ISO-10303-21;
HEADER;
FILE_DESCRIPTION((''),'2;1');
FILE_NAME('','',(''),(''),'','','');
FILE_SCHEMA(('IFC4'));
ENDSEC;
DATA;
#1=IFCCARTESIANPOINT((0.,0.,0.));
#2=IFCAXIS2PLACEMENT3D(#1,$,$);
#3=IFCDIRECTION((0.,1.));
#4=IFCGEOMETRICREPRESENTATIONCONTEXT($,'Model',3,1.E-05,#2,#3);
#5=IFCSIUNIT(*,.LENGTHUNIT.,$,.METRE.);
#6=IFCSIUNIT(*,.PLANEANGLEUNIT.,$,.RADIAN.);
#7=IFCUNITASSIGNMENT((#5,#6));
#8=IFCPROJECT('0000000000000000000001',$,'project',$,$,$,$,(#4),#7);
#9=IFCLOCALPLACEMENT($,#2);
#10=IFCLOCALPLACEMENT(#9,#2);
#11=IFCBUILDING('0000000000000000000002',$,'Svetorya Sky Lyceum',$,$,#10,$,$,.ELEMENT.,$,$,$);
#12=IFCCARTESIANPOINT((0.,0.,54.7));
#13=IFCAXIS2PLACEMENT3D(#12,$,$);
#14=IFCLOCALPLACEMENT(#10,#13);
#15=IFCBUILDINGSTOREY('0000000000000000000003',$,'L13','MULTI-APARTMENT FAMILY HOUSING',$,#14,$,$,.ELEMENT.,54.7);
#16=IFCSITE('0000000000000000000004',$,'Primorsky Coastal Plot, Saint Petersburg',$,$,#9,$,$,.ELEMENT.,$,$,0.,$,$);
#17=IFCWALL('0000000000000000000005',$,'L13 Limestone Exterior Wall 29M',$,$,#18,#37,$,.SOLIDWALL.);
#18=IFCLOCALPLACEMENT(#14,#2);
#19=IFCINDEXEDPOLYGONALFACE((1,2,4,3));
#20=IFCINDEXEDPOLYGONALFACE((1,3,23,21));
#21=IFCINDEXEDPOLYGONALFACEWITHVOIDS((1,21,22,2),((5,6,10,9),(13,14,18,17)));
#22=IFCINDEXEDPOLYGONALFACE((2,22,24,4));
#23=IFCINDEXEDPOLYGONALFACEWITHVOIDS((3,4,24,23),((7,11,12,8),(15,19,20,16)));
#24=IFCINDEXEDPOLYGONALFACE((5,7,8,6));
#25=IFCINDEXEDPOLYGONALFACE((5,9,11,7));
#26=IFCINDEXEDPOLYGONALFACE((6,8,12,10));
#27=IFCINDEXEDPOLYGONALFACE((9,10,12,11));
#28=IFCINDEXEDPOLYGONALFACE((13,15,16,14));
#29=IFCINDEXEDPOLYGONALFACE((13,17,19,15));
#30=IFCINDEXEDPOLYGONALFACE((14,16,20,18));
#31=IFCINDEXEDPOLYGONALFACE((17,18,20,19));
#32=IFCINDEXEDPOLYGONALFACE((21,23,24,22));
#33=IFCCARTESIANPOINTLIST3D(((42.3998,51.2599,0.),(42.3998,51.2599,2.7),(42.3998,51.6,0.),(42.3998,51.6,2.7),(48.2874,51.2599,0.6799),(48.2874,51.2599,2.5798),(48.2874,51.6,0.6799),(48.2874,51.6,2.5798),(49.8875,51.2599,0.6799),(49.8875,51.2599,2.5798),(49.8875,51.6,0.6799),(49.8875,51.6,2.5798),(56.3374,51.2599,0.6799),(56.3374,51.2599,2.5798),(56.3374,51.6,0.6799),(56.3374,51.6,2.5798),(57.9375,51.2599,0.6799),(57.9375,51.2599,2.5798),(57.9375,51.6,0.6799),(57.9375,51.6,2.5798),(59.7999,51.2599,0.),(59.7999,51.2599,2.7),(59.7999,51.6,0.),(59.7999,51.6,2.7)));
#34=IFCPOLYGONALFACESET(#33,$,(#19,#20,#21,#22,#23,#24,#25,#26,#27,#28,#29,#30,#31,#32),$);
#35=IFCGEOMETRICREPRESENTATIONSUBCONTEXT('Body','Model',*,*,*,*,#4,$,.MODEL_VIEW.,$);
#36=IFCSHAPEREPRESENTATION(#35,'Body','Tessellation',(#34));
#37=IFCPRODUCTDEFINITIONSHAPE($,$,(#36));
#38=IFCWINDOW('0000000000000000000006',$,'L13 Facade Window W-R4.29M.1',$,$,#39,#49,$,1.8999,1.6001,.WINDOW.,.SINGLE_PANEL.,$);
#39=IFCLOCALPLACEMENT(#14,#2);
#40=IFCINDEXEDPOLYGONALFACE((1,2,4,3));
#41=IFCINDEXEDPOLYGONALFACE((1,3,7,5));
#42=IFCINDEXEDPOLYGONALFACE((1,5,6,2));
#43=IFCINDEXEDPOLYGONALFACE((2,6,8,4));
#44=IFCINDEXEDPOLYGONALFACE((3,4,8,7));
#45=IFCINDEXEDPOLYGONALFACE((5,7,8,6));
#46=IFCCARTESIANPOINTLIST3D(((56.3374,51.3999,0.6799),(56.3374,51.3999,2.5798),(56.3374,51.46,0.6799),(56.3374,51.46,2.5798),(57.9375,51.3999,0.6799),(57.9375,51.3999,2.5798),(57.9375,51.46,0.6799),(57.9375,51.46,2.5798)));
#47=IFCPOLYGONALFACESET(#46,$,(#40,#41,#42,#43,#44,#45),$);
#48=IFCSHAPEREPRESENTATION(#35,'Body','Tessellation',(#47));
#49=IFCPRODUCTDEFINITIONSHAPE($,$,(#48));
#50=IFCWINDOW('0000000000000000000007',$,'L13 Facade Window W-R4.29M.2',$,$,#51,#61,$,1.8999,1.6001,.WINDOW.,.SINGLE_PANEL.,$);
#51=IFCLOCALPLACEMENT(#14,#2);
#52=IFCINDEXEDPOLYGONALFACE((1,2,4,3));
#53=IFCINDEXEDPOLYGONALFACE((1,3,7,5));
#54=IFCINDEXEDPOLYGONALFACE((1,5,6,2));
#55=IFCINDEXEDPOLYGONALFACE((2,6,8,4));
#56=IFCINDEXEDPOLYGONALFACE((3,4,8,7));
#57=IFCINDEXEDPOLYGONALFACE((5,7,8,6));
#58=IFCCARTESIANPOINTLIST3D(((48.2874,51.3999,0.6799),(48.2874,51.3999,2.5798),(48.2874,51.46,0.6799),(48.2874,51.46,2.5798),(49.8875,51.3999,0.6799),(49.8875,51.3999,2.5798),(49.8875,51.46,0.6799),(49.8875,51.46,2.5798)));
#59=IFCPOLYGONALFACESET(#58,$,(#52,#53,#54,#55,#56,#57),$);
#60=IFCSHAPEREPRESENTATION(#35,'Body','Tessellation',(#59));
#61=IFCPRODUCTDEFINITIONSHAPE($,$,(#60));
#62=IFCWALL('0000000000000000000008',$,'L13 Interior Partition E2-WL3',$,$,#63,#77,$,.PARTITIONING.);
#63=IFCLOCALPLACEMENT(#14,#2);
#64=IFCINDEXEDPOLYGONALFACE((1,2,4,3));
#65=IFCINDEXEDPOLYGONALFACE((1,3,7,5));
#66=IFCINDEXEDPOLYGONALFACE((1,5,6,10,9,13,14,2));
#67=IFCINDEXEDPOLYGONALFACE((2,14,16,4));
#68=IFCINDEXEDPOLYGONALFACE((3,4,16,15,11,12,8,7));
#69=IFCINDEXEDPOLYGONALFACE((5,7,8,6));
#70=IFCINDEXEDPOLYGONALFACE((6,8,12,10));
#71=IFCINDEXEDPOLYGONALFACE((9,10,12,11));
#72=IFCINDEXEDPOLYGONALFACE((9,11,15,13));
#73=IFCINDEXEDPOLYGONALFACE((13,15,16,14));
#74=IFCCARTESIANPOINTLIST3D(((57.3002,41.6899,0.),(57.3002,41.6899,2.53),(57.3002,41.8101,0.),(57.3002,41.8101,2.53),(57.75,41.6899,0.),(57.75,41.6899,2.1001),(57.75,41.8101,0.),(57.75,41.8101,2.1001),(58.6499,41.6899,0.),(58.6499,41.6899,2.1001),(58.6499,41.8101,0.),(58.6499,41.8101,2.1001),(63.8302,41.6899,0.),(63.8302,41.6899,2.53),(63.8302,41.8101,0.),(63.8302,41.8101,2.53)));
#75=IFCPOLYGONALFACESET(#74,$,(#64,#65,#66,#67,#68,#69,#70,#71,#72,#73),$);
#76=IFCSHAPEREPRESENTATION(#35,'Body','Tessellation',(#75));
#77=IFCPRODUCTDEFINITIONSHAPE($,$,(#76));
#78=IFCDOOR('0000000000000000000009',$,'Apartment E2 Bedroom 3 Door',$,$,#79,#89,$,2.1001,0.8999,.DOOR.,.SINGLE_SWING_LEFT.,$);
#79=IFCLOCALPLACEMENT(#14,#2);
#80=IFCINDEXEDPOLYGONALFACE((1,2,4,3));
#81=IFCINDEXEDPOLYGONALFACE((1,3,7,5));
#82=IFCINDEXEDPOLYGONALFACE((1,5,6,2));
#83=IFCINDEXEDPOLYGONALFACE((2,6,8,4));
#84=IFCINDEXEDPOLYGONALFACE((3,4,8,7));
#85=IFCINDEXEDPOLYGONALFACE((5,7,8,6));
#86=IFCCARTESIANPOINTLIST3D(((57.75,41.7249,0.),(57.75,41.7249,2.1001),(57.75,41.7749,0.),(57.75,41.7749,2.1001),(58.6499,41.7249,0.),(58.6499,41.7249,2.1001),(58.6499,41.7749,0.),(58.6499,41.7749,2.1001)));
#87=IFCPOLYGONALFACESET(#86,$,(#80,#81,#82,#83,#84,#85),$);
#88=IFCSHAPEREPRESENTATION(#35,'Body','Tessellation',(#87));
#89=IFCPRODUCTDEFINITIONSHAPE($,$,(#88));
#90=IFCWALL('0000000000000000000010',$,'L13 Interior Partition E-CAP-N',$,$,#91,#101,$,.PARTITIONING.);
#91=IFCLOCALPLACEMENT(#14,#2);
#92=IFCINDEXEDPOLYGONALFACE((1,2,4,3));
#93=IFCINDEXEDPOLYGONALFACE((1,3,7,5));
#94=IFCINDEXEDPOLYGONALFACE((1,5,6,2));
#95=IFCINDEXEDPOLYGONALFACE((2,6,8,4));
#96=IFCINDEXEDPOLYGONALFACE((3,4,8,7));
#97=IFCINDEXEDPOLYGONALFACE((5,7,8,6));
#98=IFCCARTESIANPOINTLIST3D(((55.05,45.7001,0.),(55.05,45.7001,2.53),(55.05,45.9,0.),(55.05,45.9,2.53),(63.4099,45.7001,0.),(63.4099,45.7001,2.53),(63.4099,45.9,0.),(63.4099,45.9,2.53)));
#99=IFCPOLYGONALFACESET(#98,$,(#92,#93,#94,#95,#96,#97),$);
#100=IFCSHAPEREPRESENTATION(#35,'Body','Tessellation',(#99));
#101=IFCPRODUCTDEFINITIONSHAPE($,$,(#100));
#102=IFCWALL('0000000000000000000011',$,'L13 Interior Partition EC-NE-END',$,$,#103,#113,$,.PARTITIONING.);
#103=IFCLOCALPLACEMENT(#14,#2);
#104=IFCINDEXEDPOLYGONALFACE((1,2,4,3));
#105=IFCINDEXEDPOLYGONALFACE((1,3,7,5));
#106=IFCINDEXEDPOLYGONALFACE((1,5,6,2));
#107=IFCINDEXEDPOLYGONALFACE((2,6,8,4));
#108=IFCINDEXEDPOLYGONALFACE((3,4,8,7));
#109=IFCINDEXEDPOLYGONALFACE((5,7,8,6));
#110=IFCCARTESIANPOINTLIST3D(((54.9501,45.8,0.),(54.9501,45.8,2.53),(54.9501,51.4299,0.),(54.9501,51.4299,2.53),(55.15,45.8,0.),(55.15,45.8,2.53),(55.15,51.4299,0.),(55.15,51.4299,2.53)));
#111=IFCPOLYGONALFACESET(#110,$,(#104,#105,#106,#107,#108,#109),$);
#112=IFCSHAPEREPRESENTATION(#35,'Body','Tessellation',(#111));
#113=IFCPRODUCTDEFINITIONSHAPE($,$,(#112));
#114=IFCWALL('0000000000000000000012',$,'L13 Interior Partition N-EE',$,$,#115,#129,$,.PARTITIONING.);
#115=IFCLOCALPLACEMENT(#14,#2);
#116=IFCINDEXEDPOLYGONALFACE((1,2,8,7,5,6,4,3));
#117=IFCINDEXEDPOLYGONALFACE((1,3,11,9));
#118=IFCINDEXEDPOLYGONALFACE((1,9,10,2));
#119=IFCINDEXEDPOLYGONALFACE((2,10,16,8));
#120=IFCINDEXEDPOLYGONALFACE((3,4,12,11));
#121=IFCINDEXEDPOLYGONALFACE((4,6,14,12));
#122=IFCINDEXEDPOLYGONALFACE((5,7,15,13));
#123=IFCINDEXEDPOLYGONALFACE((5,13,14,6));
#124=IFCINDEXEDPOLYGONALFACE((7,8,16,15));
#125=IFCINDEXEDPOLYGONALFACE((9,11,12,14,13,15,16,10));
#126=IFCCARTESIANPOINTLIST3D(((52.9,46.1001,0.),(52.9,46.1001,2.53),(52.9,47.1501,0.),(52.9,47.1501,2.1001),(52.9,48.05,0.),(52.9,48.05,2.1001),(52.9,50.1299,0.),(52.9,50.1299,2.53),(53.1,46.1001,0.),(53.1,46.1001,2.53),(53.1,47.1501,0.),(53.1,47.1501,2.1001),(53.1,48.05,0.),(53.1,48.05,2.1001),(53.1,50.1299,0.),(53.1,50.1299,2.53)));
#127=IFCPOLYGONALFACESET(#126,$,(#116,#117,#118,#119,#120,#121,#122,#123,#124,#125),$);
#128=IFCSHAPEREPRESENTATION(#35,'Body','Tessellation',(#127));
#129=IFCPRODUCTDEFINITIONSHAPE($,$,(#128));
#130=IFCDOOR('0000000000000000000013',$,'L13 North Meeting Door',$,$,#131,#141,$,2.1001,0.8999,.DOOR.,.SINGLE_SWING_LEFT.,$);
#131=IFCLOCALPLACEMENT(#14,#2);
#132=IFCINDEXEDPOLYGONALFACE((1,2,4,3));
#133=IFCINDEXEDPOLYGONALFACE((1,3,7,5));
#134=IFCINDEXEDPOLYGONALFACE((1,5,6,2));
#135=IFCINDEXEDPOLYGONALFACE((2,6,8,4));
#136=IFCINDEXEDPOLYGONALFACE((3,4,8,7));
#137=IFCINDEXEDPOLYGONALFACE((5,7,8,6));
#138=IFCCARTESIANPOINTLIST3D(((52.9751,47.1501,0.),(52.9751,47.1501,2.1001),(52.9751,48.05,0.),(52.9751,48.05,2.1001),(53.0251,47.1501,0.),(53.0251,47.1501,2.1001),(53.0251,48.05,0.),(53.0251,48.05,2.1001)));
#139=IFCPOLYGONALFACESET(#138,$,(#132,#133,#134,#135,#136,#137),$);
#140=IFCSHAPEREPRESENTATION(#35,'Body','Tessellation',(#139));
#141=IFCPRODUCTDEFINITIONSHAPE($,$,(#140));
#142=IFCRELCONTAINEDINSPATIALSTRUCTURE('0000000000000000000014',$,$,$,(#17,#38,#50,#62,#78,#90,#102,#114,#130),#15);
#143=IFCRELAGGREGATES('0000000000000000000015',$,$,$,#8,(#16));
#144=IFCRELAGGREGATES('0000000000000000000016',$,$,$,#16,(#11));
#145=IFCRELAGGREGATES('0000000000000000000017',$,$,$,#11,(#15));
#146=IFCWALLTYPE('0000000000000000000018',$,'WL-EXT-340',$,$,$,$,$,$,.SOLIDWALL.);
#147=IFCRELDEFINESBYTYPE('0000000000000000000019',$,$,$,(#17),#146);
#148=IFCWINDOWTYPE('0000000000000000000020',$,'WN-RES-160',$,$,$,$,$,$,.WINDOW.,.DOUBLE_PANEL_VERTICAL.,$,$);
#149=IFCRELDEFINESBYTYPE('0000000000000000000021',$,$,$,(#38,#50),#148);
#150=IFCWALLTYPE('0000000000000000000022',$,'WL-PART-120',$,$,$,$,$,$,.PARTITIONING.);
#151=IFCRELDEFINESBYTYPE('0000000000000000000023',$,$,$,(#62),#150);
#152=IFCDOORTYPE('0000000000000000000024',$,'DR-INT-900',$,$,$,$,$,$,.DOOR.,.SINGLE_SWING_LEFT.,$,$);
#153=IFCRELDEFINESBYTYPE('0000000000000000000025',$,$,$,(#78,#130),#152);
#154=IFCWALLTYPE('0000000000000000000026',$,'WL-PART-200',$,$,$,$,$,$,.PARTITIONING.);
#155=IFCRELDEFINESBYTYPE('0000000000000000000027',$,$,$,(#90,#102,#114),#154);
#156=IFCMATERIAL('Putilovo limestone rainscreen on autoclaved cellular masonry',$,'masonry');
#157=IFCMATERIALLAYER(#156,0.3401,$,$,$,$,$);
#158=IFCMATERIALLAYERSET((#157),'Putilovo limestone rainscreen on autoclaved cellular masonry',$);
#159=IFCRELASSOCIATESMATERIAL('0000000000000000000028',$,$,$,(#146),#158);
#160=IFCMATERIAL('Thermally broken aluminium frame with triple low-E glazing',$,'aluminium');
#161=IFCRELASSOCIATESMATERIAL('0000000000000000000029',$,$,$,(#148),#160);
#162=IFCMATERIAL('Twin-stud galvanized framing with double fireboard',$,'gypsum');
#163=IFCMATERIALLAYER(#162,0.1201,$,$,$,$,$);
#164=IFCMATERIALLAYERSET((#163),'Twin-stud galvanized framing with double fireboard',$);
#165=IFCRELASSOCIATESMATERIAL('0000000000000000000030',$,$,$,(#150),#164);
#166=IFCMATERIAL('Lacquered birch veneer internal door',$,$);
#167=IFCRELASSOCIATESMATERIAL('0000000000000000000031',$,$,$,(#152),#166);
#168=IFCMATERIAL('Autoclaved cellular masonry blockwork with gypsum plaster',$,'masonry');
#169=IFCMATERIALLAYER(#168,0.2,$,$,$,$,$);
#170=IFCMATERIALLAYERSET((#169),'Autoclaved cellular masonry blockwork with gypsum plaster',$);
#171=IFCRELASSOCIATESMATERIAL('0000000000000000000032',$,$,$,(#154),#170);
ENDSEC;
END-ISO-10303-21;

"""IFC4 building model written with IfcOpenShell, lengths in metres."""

from ifc_helpers import new_model, si_unit, direction, frame, frame_2d, origin, place, context, subcontext, project, spatial, rectangle, extrude, material, layer, layer_set, type_object, element, fill, save


model = new_model("IFC4")

# Units and contexts
model_context = context("Model", 3, precision=1e-05, world=origin(), true_north=direction((0.0, 1.0)))
body_context = subcontext(model_context, "Body", "Model", "MODEL_VIEW")
ifc_project = project(units=[si_unit("LENGTHUNIT", "METRE"), si_unit("PLANEANGLEUNIT", "RADIAN")], contexts=[model_context])

# Site, building, storey
site_placement = place(None, origin())
site = spatial("IfcSite", under=ifc_project, at=site_placement, Name="Primorsky Coastal Plot, Saint Petersburg", CompositionType="ELEMENT", RefElevation=0.0)
building_placement = place(site_placement, origin())
building = spatial("IfcBuilding", under=site, at=building_placement, Name="Svetorya Sky Lyceum", CompositionType="ELEMENT")
storey_placement = place(building_placement, frame((0.0, 0.0, 54.7)))
storey = spatial("IfcBuildingStorey", under=building, at=storey_placement, Name="L13", Description="MULTI-APARTMENT FAMILY HOUSING", CompositionType="ELEMENT", Elevation=54.7)

# Shared definitions
ifc_material_1 = material(Name="Putilovo limestone rainscreen on autoclaved cellular masonry", Category="masonry")
ifc_layer_1 = layer(ifc_material_1, 0.3401)
ifc_layer_set_1 = layer_set([ifc_layer_1], Name="Putilovo limestone rainscreen on autoclaved cellular masonry")
wall_type_1 = type_object("IfcWallType", Name="WL-EXT-340", PredefinedType="SOLIDWALL", material=ifc_layer_set_1)

# Wall, openings, windows
wall_1_placement = place(storey_placement, frame((59.8, 51.4299, 0.0), z_axis=(0.0, 0.0, 1.0), x_axis=(-1.0, 0.0, 0.0)))
wall_1 = element("IfcWall", 1, at=wall_1_placement, inside=storey, type_object=wall_type_1, Name="L13 Limestone Exterior Wall 29M", PredefinedType="SOLIDWALL", context=body_context, shape_type="SweptSolid", body=[
    extrude(rectangle(XDim=17.4001, YDim=0.3401, at=frame_2d((8.7002, 0.0))), origin(), (0.0, 0.0, 1.0), 2.7),
])
opening_1_placement = place(wall_1_placement, frame((1.8625, 0.0, 0.6799)))
opening_1 = element("IfcOpeningElement", 2, at=opening_1_placement, cuts=wall_1, PredefinedType="OPENING", context=body_context, shape_type="SweptSolid", body=[
    extrude(rectangle(XDim=1.6001, YDim=1.8999, at=frame_2d((0.8, 0.95))), frame((0.0, 0.1799, 0.0), z_axis=(0.0, -1.0, 0.0), x_axis=(1.0, 0.0, 0.0)), (0.0, 0.0, 1.0), 0.3601),
])
opening_2_placement = place(wall_1_placement, frame((9.9126, 0.0, 0.6799)))
opening_2 = element("IfcOpeningElement", 3, at=opening_2_placement, cuts=wall_1, PredefinedType="OPENING", context=body_context, shape_type="SweptSolid", body=[
    extrude(rectangle(XDim=1.6001, YDim=1.8999, at=frame_2d((0.8, 0.95))), frame((0.0, 0.1799, 0.0), z_axis=(0.0, -1.0, 0.0), x_axis=(1.0, 0.0, 0.0)), (0.0, 0.0, 1.0), 0.3601),
])
ifc_material_2 = material(Name="Thermally broken aluminium frame with triple low-E glazing", Category="aluminium")
window_type = type_object("IfcWindowType", Name="WN-RES-160", PartitioningType="DOUBLE_PANEL_VERTICAL", PredefinedType="WINDOW", material=ifc_material_2)
window_1_placement = place(opening_1_placement, origin())
window_1 = element("IfcWindow", 4, at=window_1_placement, inside=storey, type_object=window_type, Name="L13 Facade Window W-R4.29M.1", OverallHeight=1.8999, OverallWidth=1.6001, PartitioningType="SINGLE_PANEL", PredefinedType="WINDOW", context=body_context, shape_type="SweptSolid", body=[
    extrude(rectangle(XDim=1.6001, YDim=1.8999, at=frame_2d((0.8, 0.95))), frame((0.0, 0.03, 0.0), z_axis=(0.0, -1.0, 0.0), x_axis=(1.0, 0.0, 0.0)), (0.0, 0.0, 1.0), 0.0601),
])
fill(opening_1, window_1)
window_2_placement = place(opening_2_placement, origin())
window_2 = element("IfcWindow", 5, at=window_2_placement, inside=storey, type_object=window_type, Name="L13 Facade Window W-R4.29M.2", OverallHeight=1.8999, OverallWidth=1.6001, PartitioningType="SINGLE_PANEL", PredefinedType="WINDOW", context=body_context, shape_type="SweptSolid", body=[
    extrude(rectangle(XDim=1.6001, YDim=1.8999, at=frame_2d((0.8, 0.95))), frame((0.0, 0.03, 0.0), z_axis=(0.0, -1.0, 0.0), x_axis=(1.0, 0.0, 0.0)), (0.0, 0.0, 1.0), 0.0601),
])
fill(opening_2, window_2)

# Wall, opening, door
ifc_material_3 = material(Name="Twin-stud galvanized framing with double fireboard", Category="gypsum")
ifc_layer_2 = layer(ifc_material_3, 0.1201)
ifc_layer_set_2 = layer_set([ifc_layer_2], Name="Twin-stud galvanized framing with double fireboard")
wall_type_2 = type_object("IfcWallType", Name="WL-PART-120", PredefinedType="PARTITIONING", material=ifc_layer_set_2)
wall_2_placement = place(storey_placement, frame((57.3, 41.75, 0.0), z_axis=(0.0, 0.0, 1.0), x_axis=(1.0, 0.0, 0.0)))
wall_2 = element("IfcWall", 6, at=wall_2_placement, inside=storey, type_object=wall_type_2, Name="L13 Interior Partition E2-WL3", PredefinedType="PARTITIONING", context=body_context, shape_type="SweptSolid", body=[
    extrude(rectangle(XDim=6.53, YDim=0.1201, at=frame_2d((3.2651, 0.0))), origin(), (0.0, 0.0, 1.0), 2.53),
])
opening_3_placement = place(wall_2_placement, frame((0.45, 0.0, 0.0)))
opening_3 = element("IfcOpeningElement", 7, at=opening_3_placement, cuts=wall_2, PredefinedType="OPENING", context=body_context, shape_type="SweptSolid", body=[
    extrude(rectangle(XDim=0.8999, YDim=2.1001, at=frame_2d((0.45, 1.05))), frame((0.0, 0.0701, 0.0), z_axis=(0.0, -1.0, 0.0), x_axis=(1.0, 0.0, 0.0)), (0.0, 0.0, 1.0), 0.1401),
])
ifc_material_4 = material(Name="Lacquered birch veneer internal door")
door_type = type_object("IfcDoorType", Name="DR-INT-900", OperationType="SINGLE_SWING_LEFT", PredefinedType="DOOR", material=ifc_material_4)
door_1_placement = place(opening_3_placement, origin())
door_1 = element("IfcDoor", 8, at=door_1_placement, inside=storey, type_object=door_type, Name="Apartment E2 Bedroom 3 Door", OperationType="SINGLE_SWING_LEFT", OverallHeight=2.1001, OverallWidth=0.8999, PredefinedType="DOOR", context=body_context, shape_type="SweptSolid", body=[
    extrude(rectangle(XDim=0.8999, YDim=2.1001, at=frame_2d((0.45, 1.05))), frame((0.0, 0.0249, 0.0), z_axis=(0.0, -1.0, 0.0), x_axis=(1.0, 0.0, 0.0)), (0.0, 0.0, 1.0), 0.05),
])
fill(opening_3, door_1)

# Walls
ifc_material_5 = material(Name="Autoclaved cellular masonry blockwork with gypsum plaster", Category="masonry")
ifc_layer_3 = layer(ifc_material_5, 0.2)
ifc_layer_set_3 = layer_set([ifc_layer_3], Name="Autoclaved cellular masonry blockwork with gypsum plaster")
wall_type_3 = type_object("IfcWallType", Name="WL-PART-200", PredefinedType="PARTITIONING", material=ifc_layer_set_3)
wall_3_placement = place(storey_placement, frame((55.05, 45.8, 0.0), z_axis=(0.0, 0.0, 1.0), x_axis=(1.0, 0.0, 0.0)))
element("IfcWall", 9, at=wall_3_placement, inside=storey, type_object=wall_type_3, Name="L13 Interior Partition E-CAP-N", PredefinedType="PARTITIONING", context=body_context, shape_type="SweptSolid", body=[
    extrude(rectangle(XDim=8.3599, YDim=0.2, at=frame_2d((4.1799, 0.0))), origin(), (0.0, 0.0, 1.0), 2.53),
])
wall_4_placement = place(storey_placement, frame((55.05, 45.8, 0.0), z_axis=(0.0, 0.0, 1.0), x_axis=(0.0, 1.0, 0.0)))
element("IfcWall", 10, at=wall_4_placement, inside=storey, type_object=wall_type_3, Name="L13 Interior Partition EC-NE-END", PredefinedType="PARTITIONING", context=body_context, shape_type="SweptSolid", body=[
    extrude(rectangle(XDim=5.6299, YDim=0.2, at=frame_2d((2.8149, 0.0))), origin(), (0.0, 0.0, 1.0), 2.53),
])

# Wall, opening, door
wall_5_placement = place(storey_placement, frame((53.0, 46.1001, 0.0), z_axis=(0.0, 0.0, 1.0), x_axis=(0.0, 1.0, 0.0)))
wall_5 = element("IfcWall", 11, at=wall_5_placement, inside=storey, type_object=wall_type_3, Name="L13 Interior Partition N-EE", PredefinedType="PARTITIONING", context=body_context, shape_type="SweptSolid", body=[
    extrude(rectangle(XDim=4.0298, YDim=0.2, at=frame_2d((2.0149, 0.0))), origin(), (0.0, 0.0, 1.0), 2.53),
])
opening_4_placement = place(wall_5_placement, frame((1.05, 0.0, 0.0)))
opening_4 = element("IfcOpeningElement", 12, at=opening_4_placement, cuts=wall_5, PredefinedType="OPENING", context=body_context, shape_type="SweptSolid", body=[
    extrude(rectangle(XDim=0.8999, YDim=2.1001, at=frame_2d((0.45, 1.05))), frame((0.0, 0.1099, 0.0), z_axis=(0.0, -1.0, 0.0), x_axis=(1.0, 0.0, 0.0)), (0.0, 0.0, 1.0), 0.22),
])
door_2_placement = place(opening_4_placement, origin())
door_2 = element("IfcDoor", 13, at=door_2_placement, inside=storey, type_object=door_type, Name="L13 North Meeting Door", OperationType="SINGLE_SWING_LEFT", OverallHeight=2.1001, OverallWidth=0.8999, PredefinedType="DOOR", context=body_context, shape_type="SweptSolid", body=[
    extrude(rectangle(XDim=0.8999, YDim=2.1001, at=frame_2d((0.45, 1.05))), frame((0.0, 0.0249, 0.0), z_axis=(0.0, -1.0, 0.0), x_axis=(1.0, 0.0, 0.0)), (0.0, 0.0, 1.0), 0.05),
])
fill(opening_4, door_2)

save(model, "model.ifc")
